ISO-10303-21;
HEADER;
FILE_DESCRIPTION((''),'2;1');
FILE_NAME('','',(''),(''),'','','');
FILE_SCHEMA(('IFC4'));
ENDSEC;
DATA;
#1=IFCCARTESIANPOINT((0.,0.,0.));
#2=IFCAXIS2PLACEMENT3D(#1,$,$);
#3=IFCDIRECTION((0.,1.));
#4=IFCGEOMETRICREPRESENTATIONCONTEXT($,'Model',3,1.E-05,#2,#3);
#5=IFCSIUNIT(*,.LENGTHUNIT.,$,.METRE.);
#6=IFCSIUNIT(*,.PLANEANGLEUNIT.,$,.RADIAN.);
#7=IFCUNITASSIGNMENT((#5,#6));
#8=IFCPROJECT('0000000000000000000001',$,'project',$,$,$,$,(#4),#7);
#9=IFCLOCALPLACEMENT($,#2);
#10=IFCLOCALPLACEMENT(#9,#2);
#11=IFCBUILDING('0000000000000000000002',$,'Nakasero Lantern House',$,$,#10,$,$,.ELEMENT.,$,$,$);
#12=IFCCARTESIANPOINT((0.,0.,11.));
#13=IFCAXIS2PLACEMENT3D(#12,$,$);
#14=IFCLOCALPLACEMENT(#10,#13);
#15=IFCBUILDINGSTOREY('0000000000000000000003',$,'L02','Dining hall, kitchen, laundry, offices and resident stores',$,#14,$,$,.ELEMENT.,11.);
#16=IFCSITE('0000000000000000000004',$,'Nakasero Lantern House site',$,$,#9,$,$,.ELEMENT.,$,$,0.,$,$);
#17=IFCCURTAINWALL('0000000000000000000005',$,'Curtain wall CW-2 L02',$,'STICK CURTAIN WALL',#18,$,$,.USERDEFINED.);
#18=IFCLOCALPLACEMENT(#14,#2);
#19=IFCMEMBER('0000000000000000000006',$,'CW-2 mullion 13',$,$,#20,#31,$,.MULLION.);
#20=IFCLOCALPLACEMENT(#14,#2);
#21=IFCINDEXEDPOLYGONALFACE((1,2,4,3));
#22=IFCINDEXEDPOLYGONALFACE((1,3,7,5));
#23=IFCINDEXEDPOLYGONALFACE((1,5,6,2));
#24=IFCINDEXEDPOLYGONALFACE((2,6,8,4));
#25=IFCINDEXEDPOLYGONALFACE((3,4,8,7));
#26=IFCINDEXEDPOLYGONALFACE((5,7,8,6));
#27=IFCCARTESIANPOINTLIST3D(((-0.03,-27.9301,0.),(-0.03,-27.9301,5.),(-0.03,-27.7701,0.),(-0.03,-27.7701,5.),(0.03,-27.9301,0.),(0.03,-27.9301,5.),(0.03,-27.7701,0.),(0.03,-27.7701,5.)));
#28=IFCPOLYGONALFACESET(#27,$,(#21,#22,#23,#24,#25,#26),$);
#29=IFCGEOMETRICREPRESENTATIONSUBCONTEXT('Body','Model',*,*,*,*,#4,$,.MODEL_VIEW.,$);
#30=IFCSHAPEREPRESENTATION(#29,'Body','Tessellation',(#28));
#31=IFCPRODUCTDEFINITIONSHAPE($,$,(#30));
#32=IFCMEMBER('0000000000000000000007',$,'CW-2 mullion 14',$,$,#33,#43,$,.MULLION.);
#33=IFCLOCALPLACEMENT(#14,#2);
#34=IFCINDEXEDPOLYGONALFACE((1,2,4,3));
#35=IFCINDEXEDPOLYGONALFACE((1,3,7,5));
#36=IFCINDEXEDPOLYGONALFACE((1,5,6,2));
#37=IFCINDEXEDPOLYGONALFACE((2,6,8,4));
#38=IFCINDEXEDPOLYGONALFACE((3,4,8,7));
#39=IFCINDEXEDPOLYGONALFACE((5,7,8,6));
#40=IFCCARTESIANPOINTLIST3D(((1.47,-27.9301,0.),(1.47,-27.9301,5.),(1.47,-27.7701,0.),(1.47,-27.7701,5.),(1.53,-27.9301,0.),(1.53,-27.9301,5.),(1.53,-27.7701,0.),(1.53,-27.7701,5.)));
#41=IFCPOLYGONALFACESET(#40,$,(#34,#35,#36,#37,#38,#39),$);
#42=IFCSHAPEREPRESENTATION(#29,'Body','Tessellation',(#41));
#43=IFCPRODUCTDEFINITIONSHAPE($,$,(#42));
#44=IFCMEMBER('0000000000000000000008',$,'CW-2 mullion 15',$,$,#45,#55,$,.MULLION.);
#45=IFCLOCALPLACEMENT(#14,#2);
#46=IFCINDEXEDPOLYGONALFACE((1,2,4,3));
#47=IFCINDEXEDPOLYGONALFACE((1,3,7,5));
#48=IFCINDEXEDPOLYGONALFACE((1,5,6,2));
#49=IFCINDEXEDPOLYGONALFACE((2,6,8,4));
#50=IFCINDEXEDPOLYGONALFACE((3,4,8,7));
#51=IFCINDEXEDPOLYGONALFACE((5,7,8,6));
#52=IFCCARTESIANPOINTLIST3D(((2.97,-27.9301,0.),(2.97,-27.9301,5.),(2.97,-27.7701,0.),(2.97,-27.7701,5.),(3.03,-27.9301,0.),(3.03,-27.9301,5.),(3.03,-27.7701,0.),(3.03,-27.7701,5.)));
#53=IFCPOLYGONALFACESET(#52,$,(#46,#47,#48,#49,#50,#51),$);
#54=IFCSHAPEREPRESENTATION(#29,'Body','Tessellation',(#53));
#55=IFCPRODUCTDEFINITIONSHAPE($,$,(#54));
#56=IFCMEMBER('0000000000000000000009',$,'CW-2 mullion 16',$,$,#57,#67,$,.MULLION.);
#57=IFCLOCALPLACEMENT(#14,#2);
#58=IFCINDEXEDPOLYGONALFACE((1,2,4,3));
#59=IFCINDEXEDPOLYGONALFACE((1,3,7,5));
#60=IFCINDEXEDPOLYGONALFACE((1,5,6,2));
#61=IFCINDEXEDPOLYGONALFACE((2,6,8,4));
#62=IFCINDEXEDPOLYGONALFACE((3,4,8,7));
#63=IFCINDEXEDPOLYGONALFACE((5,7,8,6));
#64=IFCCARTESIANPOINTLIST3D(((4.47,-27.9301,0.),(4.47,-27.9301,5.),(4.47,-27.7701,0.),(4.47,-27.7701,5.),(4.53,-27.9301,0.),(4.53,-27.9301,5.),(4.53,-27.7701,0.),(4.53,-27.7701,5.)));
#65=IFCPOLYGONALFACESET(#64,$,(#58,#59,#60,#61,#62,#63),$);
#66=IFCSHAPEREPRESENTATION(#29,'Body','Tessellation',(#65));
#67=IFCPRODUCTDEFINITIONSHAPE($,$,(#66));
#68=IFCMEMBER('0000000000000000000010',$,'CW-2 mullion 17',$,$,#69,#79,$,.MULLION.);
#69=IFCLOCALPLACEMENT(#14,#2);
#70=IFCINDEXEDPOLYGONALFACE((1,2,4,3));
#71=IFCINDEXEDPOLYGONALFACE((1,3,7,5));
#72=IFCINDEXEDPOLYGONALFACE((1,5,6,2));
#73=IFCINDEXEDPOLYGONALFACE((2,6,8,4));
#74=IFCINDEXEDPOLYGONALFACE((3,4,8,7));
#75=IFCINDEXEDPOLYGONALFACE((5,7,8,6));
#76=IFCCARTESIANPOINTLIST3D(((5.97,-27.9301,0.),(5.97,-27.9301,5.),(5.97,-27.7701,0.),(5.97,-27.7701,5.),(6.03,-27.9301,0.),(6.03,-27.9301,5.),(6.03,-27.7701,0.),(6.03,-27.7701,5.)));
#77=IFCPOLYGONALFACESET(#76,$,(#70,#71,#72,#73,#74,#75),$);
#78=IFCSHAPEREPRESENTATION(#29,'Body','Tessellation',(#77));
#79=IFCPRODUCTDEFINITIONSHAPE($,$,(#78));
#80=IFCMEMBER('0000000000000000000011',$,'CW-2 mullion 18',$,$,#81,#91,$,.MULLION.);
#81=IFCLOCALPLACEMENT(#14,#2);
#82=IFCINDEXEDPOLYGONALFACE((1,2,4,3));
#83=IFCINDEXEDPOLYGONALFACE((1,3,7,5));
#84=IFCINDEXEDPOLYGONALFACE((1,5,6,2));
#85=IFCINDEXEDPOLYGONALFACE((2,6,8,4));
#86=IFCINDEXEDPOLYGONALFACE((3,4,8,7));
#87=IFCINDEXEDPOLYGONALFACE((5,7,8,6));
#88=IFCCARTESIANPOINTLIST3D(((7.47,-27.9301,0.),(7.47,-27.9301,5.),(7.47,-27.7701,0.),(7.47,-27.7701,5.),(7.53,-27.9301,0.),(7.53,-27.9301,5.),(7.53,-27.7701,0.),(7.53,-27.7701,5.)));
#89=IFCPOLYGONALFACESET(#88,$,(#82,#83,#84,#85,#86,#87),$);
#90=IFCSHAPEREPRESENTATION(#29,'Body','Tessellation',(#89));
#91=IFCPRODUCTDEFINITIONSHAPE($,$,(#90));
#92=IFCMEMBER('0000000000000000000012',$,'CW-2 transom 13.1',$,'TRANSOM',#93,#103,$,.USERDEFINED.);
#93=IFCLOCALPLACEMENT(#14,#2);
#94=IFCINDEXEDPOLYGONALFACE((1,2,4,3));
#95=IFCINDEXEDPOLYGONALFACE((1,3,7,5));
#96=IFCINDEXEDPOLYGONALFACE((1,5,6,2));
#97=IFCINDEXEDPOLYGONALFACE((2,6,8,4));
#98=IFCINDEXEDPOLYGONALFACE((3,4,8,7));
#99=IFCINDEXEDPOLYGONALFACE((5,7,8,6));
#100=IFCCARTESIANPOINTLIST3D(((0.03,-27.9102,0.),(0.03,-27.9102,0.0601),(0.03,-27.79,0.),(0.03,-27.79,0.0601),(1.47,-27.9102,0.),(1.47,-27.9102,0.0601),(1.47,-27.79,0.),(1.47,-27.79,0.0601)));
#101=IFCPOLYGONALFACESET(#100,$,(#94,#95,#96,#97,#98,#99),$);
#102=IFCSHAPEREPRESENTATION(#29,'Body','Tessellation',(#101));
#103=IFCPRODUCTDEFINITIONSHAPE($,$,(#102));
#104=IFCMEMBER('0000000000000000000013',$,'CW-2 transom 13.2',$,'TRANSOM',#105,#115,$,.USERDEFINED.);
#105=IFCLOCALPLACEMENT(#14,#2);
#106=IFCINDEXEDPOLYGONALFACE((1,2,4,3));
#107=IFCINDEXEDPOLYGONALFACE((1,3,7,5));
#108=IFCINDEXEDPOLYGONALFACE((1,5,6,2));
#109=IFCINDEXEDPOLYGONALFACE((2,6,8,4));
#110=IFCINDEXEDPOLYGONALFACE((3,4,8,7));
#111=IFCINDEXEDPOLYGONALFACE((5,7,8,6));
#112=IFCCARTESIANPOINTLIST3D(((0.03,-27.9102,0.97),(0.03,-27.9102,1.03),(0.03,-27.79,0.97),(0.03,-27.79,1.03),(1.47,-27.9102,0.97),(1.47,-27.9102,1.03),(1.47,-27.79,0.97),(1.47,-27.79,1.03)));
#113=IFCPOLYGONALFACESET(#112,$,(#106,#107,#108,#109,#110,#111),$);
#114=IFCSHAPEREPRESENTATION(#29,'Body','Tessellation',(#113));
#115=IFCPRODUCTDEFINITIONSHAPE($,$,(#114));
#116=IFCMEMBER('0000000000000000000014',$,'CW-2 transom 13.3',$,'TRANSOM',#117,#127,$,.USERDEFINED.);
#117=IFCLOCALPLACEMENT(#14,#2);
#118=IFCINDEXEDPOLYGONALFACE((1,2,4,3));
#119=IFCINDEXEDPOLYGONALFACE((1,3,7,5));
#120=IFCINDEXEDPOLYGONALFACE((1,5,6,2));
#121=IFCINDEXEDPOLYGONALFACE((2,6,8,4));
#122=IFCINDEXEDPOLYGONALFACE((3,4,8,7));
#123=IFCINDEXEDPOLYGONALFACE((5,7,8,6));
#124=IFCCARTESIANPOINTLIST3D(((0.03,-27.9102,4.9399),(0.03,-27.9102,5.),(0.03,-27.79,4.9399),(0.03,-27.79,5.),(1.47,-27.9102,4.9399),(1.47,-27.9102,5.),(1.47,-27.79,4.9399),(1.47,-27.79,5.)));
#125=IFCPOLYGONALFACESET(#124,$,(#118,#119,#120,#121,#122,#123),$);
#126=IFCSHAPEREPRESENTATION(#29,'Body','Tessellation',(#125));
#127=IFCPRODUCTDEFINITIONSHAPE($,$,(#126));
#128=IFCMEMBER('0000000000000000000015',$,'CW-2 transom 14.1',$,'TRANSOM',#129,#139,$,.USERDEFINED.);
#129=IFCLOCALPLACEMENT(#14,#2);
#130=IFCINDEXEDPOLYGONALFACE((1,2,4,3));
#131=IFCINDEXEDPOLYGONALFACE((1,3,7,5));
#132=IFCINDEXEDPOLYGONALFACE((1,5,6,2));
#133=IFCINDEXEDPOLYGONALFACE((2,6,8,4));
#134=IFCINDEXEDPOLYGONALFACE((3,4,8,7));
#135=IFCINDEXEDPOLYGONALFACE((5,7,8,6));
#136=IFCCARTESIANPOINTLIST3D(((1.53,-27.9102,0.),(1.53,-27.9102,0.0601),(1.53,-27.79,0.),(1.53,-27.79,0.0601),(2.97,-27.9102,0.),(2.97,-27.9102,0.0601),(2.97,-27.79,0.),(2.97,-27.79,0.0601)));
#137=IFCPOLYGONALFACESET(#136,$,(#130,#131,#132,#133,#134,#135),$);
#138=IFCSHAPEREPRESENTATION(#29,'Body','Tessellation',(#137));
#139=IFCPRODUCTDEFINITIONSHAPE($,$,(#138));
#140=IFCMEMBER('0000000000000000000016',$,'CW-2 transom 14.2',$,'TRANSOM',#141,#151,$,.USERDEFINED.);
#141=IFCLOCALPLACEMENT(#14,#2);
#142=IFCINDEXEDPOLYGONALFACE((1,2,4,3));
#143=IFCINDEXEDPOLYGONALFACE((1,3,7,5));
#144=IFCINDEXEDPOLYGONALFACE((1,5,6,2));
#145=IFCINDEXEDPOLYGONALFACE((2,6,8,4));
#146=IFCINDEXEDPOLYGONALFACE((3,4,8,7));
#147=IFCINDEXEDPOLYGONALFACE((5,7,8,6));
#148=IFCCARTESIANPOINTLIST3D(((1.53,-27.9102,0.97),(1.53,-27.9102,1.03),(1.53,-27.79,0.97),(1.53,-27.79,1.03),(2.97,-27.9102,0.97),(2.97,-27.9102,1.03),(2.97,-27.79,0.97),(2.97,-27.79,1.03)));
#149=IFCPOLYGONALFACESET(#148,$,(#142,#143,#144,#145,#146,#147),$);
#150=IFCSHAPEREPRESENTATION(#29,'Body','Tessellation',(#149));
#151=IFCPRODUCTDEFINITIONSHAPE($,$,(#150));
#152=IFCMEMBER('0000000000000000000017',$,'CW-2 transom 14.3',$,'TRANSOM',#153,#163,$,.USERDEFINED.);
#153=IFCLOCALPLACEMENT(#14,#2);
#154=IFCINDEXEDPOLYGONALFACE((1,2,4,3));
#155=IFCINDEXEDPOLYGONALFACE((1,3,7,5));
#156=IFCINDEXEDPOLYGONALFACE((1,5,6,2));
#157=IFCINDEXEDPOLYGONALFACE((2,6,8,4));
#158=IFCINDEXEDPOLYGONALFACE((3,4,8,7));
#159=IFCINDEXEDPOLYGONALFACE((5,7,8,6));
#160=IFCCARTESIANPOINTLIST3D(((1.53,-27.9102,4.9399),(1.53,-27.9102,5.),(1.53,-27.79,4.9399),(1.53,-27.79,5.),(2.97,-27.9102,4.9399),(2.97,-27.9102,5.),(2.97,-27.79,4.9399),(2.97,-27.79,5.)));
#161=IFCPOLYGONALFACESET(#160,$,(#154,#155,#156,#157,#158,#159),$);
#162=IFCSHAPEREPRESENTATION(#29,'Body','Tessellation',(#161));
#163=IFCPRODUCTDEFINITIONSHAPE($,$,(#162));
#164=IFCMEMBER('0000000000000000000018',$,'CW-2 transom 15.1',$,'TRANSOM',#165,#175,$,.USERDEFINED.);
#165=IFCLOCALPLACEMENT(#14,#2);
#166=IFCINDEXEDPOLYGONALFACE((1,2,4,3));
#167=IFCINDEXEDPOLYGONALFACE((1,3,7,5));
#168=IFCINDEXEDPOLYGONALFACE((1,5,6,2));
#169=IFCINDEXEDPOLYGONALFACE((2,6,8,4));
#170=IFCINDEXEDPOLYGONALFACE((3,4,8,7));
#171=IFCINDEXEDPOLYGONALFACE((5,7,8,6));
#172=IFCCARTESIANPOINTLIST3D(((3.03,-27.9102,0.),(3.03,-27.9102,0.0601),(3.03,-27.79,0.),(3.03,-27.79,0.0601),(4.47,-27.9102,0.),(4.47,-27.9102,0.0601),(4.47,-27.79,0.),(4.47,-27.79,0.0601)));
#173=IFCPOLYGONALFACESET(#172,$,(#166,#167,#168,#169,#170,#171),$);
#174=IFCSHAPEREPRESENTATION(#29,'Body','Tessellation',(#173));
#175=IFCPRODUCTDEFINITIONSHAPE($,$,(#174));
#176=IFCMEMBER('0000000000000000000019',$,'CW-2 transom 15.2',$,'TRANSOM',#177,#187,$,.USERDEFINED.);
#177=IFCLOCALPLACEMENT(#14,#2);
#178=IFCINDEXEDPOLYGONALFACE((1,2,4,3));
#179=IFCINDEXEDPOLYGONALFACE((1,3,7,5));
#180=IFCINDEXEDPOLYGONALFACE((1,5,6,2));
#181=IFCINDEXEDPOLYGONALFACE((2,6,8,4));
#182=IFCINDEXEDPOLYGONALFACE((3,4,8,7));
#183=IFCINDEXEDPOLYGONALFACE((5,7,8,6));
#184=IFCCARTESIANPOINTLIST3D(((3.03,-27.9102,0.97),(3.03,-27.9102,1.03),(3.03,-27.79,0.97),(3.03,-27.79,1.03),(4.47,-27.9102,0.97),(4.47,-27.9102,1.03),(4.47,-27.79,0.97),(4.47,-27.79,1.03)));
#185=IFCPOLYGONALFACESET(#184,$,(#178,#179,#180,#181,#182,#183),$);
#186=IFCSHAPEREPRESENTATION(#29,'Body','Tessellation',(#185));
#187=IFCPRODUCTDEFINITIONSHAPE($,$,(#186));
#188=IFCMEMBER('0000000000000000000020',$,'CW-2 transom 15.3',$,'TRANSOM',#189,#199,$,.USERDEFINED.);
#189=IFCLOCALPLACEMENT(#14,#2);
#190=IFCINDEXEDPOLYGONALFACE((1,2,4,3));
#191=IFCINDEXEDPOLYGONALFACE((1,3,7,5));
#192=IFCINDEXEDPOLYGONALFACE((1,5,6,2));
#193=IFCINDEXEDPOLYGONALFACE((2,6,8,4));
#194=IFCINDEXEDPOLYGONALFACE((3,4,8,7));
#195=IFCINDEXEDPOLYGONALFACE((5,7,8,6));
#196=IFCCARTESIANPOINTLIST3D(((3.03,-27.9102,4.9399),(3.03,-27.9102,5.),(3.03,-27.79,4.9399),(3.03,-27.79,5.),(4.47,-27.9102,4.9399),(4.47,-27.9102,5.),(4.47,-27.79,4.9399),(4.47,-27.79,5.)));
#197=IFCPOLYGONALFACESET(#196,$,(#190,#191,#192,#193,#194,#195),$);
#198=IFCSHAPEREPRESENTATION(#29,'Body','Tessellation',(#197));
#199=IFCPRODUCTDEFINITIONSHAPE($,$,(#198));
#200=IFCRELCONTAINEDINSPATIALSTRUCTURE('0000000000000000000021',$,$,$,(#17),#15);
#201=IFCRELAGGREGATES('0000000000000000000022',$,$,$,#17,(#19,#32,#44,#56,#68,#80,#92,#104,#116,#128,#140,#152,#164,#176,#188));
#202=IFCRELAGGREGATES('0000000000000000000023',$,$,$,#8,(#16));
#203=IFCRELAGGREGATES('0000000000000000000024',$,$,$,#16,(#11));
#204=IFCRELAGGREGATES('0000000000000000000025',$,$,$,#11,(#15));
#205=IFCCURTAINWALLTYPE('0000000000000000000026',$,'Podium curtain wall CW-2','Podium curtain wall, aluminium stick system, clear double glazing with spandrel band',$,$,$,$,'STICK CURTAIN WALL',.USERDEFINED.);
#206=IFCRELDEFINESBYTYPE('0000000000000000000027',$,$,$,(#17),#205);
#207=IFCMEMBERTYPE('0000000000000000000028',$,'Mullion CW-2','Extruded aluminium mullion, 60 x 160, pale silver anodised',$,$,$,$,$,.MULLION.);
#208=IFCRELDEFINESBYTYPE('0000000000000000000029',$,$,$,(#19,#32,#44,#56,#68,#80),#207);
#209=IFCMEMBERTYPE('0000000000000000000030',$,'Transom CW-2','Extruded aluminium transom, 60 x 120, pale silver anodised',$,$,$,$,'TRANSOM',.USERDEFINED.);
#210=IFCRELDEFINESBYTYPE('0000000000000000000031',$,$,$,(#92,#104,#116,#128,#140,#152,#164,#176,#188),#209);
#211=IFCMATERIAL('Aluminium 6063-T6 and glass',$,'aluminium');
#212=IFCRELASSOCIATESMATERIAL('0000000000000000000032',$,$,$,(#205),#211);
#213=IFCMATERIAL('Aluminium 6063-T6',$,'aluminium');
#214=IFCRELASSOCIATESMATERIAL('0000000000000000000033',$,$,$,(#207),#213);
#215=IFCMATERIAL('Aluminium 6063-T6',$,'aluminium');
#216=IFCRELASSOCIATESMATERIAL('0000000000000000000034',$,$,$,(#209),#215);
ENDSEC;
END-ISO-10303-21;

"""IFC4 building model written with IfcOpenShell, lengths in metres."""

from ifc_helpers import new_model, si_unit, direction, frame, origin, origin_2d, place, context, subcontext, project, spatial, rectangle, extrude, material, material_profile, profile_set, type_object, element, aggregate, save


model = new_model("IFC4")

# Units and contexts
model_context = context("Model", 3, precision=1e-05, world=origin(), true_north=direction((0.0, 1.0)))
body_context = subcontext(model_context, "Body", "Model", "MODEL_VIEW")
ifc_project = project(units=[si_unit("LENGTHUNIT", "METRE"), si_unit("PLANEANGLEUNIT", "RADIAN")], contexts=[model_context])

# Site, building, storey
site_placement = place(None, origin())
site = spatial("IfcSite", under=ifc_project, at=site_placement, Name="Nakasero Lantern House site", CompositionType="ELEMENT", RefElevation=0.0)
building_placement = place(site_placement, origin())
building = spatial("IfcBuilding", under=site, at=building_placement, Name="Nakasero Lantern House", CompositionType="ELEMENT")
storey_placement = place(building_placement, frame((0.0, 0.0, 11.0)))
storey = spatial("IfcBuildingStorey", under=building, at=storey_placement, Name="L02", Description="Dining hall, kitchen, laundry, offices and resident stores", CompositionType="ELEMENT", Elevation=11.0)

# Curtain wall, members
ifc_material_1 = material(Name="Aluminium 6063-T6 and glass", Category="aluminium")
curtain_wall_type = type_object("IfcCurtainWallType", Name="Podium curtain wall CW-2", Description="Podium curtain wall, aluminium stick system, clear double glazing with spandrel band", ElementType="STICK CURTAIN WALL", PredefinedType="USERDEFINED", material=ifc_material_1)
curtain_wall_placement = place(storey_placement, origin())
curtain_wall = element("IfcCurtainWall", 1, at=curtain_wall_placement, inside=storey, type_object=curtain_wall_type, Name="Curtain wall CW-2 L02", ObjectType="STICK CURTAIN WALL", PredefinedType="USERDEFINED")
ifc_material_2 = material(Name="Aluminium 6063-T6", Category="aluminium")
ifc_material_profile_1 = material_profile(ifc_material_2, rectangle(XDim=0.0601, YDim=0.1599, at=origin_2d()), Name="CW-2 mullion 60x160")
ifc_profile_set_1 = profile_set([ifc_material_profile_1], Name="Aluminium 6063-T6")
member_type_1 = type_object("IfcMemberType", Name="Mullion CW-2", Description="Extruded aluminium mullion, 60 x 160, pale silver anodised", PredefinedType="MULLION", material=ifc_profile_set_1)
member_1_placement = place(storey_placement, frame((0.0, -27.8501, 0.0), z_axis=(0.0, 0.0, 1.0), x_axis=(1.0, 0.0, 0.0)))
member_1 = element("IfcMember", 2, at=member_1_placement, type_object=member_type_1, Name="CW-2 mullion 13", PredefinedType="MULLION", context=body_context, shape_type="SweptSolid", body=[
    extrude(rectangle(XDim=0.0601, YDim=0.1599, at=origin_2d()), origin(), (0.0, 0.0, 1.0), 5.0),
])
member_2_placement = place(storey_placement, frame((1.5, -27.8501, 0.0), z_axis=(0.0, 0.0, 1.0), x_axis=(1.0, 0.0, 0.0)))
member_2 = element("IfcMember", 3, at=member_2_placement, type_object=member_type_1, Name="CW-2 mullion 14", PredefinedType="MULLION", context=body_context, shape_type="SweptSolid", body=[
    extrude(rectangle(XDim=0.0601, YDim=0.1599, at=origin_2d()), origin(), (0.0, 0.0, 1.0), 5.0),
])
member_3_placement = place(storey_placement, frame((3.0, -27.8501, 0.0), z_axis=(0.0, 0.0, 1.0), x_axis=(1.0, 0.0, 0.0)))
member_3 = element("IfcMember", 4, at=member_3_placement, type_object=member_type_1, Name="CW-2 mullion 15", PredefinedType="MULLION", context=body_context, shape_type="SweptSolid", body=[
    extrude(rectangle(XDim=0.0601, YDim=0.1599, at=origin_2d()), origin(), (0.0, 0.0, 1.0), 5.0),
])
member_4_placement = place(storey_placement, frame((4.5, -27.8501, 0.0), z_axis=(0.0, 0.0, 1.0), x_axis=(1.0, 0.0, 0.0)))
member_4 = element("IfcMember", 5, at=member_4_placement, type_object=member_type_1, Name="CW-2 mullion 16", PredefinedType="MULLION", context=body_context, shape_type="SweptSolid", body=[
    extrude(rectangle(XDim=0.0601, YDim=0.1599, at=origin_2d()), origin(), (0.0, 0.0, 1.0), 5.0),
])
member_5_placement = place(storey_placement, frame((6.0, -27.8501, 0.0), z_axis=(0.0, 0.0, 1.0), x_axis=(1.0, 0.0, 0.0)))
member_5 = element("IfcMember", 6, at=member_5_placement, type_object=member_type_1, Name="CW-2 mullion 17", PredefinedType="MULLION", context=body_context, shape_type="SweptSolid", body=[
    extrude(rectangle(XDim=0.0601, YDim=0.1599, at=origin_2d()), origin(), (0.0, 0.0, 1.0), 5.0),
])
member_6_placement = place(storey_placement, frame((7.5, -27.8501, 0.0), z_axis=(0.0, 0.0, 1.0), x_axis=(1.0, 0.0, 0.0)))
member_6 = element("IfcMember", 7, at=member_6_placement, type_object=member_type_1, Name="CW-2 mullion 18", PredefinedType="MULLION", context=body_context, shape_type="SweptSolid", body=[
    extrude(rectangle(XDim=0.0601, YDim=0.1599, at=origin_2d()), origin(), (0.0, 0.0, 1.0), 5.0),
])
ifc_material_3 = material(Name="Aluminium 6063-T6", Category="aluminium")
ifc_material_profile_2 = material_profile(ifc_material_3, rectangle(XDim=0.0601, YDim=0.1201, at=origin_2d()), Name="CW-2 transom 60x120")
ifc_profile_set_2 = profile_set([ifc_material_profile_2], Name="Aluminium 6063-T6")
member_type_2 = type_object("IfcMemberType", Name="Transom CW-2", Description="Extruded aluminium transom, 60 x 120, pale silver anodised", ElementType="TRANSOM", PredefinedType="USERDEFINED", material=ifc_profile_set_2)
member_7_placement = place(storey_placement, frame((0.03, -27.8501, 0.03), z_axis=(1.0, 0.0, 0.0), x_axis=(0.0, 0.0, 1.0)))
member_7 = element("IfcMember", 8, at=member_7_placement, type_object=member_type_2, Name="CW-2 transom 13.1", ObjectType="TRANSOM", PredefinedType="USERDEFINED", context=body_context, shape_type="SweptSolid", body=[
    extrude(rectangle(XDim=0.0601, YDim=0.1201, at=origin_2d()), origin(), (0.0, 0.0, 1.0), 1.4399),
])
member_8_placement = place(storey_placement, frame((0.03, -27.8501, 1.0), z_axis=(1.0, 0.0, 0.0), x_axis=(0.0, 0.0, 1.0)))
member_8 = element("IfcMember", 9, at=member_8_placement, type_object=member_type_2, Name="CW-2 transom 13.2", ObjectType="TRANSOM", PredefinedType="USERDEFINED", context=body_context, shape_type="SweptSolid", body=[
    extrude(rectangle(XDim=0.0601, YDim=0.1201, at=origin_2d()), origin(), (0.0, 0.0, 1.0), 1.4399),
])
member_9_placement = place(storey_placement, frame((0.03, -27.8501, 4.97), z_axis=(1.0, 0.0, 0.0), x_axis=(0.0, 0.0, 1.0)))
member_9 = element("IfcMember", 10, at=member_9_placement, type_object=member_type_2, Name="CW-2 transom 13.3", ObjectType="TRANSOM", PredefinedType="USERDEFINED", context=body_context, shape_type="SweptSolid", body=[
    extrude(rectangle(XDim=0.0601, YDim=0.1201, at=origin_2d()), origin(), (0.0, 0.0, 1.0), 1.4399),
])
member_10_placement = place(storey_placement, frame((1.53, -27.8501, 0.03), z_axis=(1.0, 0.0, 0.0), x_axis=(0.0, 0.0, 1.0)))
member_10 = element("IfcMember", 11, at=member_10_placement, type_object=member_type_2, Name="CW-2 transom 14.1", ObjectType="TRANSOM", PredefinedType="USERDEFINED", context=body_context, shape_type="SweptSolid", body=[
    extrude(rectangle(XDim=0.0601, YDim=0.1201, at=origin_2d()), origin(), (0.0, 0.0, 1.0), 1.4399),
])
member_11_placement = place(storey_placement, frame((1.53, -27.8501, 1.0), z_axis=(1.0, 0.0, 0.0), x_axis=(0.0, 0.0, 1.0)))
member_11 = element("IfcMember", 12, at=member_11_placement, type_object=member_type_2, Name="CW-2 transom 14.2", ObjectType="TRANSOM", PredefinedType="USERDEFINED", context=body_context, shape_type="SweptSolid", body=[
    extrude(rectangle(XDim=0.0601, YDim=0.1201, at=origin_2d()), origin(), (0.0, 0.0, 1.0), 1.4399),
])
member_12_placement = place(storey_placement, frame((1.53, -27.8501, 4.97), z_axis=(1.0, 0.0, 0.0), x_axis=(0.0, 0.0, 1.0)))
member_12 = element("IfcMember", 13, at=member_12_placement, type_object=member_type_2, Name="CW-2 transom 14.3", ObjectType="TRANSOM", PredefinedType="USERDEFINED", context=body_context, shape_type="SweptSolid", body=[
    extrude(rectangle(XDim=0.0601, YDim=0.1201, at=origin_2d()), origin(), (0.0, 0.0, 1.0), 1.4399),
])
member_13_placement = place(storey_placement, frame((3.03, -27.8501, 0.03), z_axis=(1.0, 0.0, 0.0), x_axis=(0.0, 0.0, 1.0)))
member_13 = element("IfcMember", 14, at=member_13_placement, type_object=member_type_2, Name="CW-2 transom 15.1", ObjectType="TRANSOM", PredefinedType="USERDEFINED", context=body_context, shape_type="SweptSolid", body=[
    extrude(rectangle(XDim=0.0601, YDim=0.1201, at=origin_2d()), origin(), (0.0, 0.0, 1.0), 1.4399),
])
member_14_placement = place(storey_placement, frame((3.03, -27.8501, 1.0), z_axis=(1.0, 0.0, 0.0), x_axis=(0.0, 0.0, 1.0)))
member_14 = element("IfcMember", 15, at=member_14_placement, type_object=member_type_2, Name="CW-2 transom 15.2", ObjectType="TRANSOM", PredefinedType="USERDEFINED", context=body_context, shape_type="SweptSolid", body=[
    extrude(rectangle(XDim=0.0601, YDim=0.1201, at=origin_2d()), origin(), (0.0, 0.0, 1.0), 1.4399),
])
member_15_placement = place(storey_placement, frame((3.03, -27.8501, 4.97), z_axis=(1.0, 0.0, 0.0), x_axis=(0.0, 0.0, 1.0)))
member_15 = element("IfcMember", 16, at=member_15_placement, type_object=member_type_2, Name="CW-2 transom 15.3", ObjectType="TRANSOM", PredefinedType="USERDEFINED", context=body_context, shape_type="SweptSolid", body=[
    extrude(rectangle(XDim=0.0601, YDim=0.1201, at=origin_2d()), origin(), (0.0, 0.0, 1.0), 1.4399),
])
aggregate(curtain_wall, [member_1, member_2, member_3, member_4, member_5, member_6, member_7, member_8, member_9, member_10, member_11, member_12, member_13, member_14, member_15])

save(model, "model.ifc")
